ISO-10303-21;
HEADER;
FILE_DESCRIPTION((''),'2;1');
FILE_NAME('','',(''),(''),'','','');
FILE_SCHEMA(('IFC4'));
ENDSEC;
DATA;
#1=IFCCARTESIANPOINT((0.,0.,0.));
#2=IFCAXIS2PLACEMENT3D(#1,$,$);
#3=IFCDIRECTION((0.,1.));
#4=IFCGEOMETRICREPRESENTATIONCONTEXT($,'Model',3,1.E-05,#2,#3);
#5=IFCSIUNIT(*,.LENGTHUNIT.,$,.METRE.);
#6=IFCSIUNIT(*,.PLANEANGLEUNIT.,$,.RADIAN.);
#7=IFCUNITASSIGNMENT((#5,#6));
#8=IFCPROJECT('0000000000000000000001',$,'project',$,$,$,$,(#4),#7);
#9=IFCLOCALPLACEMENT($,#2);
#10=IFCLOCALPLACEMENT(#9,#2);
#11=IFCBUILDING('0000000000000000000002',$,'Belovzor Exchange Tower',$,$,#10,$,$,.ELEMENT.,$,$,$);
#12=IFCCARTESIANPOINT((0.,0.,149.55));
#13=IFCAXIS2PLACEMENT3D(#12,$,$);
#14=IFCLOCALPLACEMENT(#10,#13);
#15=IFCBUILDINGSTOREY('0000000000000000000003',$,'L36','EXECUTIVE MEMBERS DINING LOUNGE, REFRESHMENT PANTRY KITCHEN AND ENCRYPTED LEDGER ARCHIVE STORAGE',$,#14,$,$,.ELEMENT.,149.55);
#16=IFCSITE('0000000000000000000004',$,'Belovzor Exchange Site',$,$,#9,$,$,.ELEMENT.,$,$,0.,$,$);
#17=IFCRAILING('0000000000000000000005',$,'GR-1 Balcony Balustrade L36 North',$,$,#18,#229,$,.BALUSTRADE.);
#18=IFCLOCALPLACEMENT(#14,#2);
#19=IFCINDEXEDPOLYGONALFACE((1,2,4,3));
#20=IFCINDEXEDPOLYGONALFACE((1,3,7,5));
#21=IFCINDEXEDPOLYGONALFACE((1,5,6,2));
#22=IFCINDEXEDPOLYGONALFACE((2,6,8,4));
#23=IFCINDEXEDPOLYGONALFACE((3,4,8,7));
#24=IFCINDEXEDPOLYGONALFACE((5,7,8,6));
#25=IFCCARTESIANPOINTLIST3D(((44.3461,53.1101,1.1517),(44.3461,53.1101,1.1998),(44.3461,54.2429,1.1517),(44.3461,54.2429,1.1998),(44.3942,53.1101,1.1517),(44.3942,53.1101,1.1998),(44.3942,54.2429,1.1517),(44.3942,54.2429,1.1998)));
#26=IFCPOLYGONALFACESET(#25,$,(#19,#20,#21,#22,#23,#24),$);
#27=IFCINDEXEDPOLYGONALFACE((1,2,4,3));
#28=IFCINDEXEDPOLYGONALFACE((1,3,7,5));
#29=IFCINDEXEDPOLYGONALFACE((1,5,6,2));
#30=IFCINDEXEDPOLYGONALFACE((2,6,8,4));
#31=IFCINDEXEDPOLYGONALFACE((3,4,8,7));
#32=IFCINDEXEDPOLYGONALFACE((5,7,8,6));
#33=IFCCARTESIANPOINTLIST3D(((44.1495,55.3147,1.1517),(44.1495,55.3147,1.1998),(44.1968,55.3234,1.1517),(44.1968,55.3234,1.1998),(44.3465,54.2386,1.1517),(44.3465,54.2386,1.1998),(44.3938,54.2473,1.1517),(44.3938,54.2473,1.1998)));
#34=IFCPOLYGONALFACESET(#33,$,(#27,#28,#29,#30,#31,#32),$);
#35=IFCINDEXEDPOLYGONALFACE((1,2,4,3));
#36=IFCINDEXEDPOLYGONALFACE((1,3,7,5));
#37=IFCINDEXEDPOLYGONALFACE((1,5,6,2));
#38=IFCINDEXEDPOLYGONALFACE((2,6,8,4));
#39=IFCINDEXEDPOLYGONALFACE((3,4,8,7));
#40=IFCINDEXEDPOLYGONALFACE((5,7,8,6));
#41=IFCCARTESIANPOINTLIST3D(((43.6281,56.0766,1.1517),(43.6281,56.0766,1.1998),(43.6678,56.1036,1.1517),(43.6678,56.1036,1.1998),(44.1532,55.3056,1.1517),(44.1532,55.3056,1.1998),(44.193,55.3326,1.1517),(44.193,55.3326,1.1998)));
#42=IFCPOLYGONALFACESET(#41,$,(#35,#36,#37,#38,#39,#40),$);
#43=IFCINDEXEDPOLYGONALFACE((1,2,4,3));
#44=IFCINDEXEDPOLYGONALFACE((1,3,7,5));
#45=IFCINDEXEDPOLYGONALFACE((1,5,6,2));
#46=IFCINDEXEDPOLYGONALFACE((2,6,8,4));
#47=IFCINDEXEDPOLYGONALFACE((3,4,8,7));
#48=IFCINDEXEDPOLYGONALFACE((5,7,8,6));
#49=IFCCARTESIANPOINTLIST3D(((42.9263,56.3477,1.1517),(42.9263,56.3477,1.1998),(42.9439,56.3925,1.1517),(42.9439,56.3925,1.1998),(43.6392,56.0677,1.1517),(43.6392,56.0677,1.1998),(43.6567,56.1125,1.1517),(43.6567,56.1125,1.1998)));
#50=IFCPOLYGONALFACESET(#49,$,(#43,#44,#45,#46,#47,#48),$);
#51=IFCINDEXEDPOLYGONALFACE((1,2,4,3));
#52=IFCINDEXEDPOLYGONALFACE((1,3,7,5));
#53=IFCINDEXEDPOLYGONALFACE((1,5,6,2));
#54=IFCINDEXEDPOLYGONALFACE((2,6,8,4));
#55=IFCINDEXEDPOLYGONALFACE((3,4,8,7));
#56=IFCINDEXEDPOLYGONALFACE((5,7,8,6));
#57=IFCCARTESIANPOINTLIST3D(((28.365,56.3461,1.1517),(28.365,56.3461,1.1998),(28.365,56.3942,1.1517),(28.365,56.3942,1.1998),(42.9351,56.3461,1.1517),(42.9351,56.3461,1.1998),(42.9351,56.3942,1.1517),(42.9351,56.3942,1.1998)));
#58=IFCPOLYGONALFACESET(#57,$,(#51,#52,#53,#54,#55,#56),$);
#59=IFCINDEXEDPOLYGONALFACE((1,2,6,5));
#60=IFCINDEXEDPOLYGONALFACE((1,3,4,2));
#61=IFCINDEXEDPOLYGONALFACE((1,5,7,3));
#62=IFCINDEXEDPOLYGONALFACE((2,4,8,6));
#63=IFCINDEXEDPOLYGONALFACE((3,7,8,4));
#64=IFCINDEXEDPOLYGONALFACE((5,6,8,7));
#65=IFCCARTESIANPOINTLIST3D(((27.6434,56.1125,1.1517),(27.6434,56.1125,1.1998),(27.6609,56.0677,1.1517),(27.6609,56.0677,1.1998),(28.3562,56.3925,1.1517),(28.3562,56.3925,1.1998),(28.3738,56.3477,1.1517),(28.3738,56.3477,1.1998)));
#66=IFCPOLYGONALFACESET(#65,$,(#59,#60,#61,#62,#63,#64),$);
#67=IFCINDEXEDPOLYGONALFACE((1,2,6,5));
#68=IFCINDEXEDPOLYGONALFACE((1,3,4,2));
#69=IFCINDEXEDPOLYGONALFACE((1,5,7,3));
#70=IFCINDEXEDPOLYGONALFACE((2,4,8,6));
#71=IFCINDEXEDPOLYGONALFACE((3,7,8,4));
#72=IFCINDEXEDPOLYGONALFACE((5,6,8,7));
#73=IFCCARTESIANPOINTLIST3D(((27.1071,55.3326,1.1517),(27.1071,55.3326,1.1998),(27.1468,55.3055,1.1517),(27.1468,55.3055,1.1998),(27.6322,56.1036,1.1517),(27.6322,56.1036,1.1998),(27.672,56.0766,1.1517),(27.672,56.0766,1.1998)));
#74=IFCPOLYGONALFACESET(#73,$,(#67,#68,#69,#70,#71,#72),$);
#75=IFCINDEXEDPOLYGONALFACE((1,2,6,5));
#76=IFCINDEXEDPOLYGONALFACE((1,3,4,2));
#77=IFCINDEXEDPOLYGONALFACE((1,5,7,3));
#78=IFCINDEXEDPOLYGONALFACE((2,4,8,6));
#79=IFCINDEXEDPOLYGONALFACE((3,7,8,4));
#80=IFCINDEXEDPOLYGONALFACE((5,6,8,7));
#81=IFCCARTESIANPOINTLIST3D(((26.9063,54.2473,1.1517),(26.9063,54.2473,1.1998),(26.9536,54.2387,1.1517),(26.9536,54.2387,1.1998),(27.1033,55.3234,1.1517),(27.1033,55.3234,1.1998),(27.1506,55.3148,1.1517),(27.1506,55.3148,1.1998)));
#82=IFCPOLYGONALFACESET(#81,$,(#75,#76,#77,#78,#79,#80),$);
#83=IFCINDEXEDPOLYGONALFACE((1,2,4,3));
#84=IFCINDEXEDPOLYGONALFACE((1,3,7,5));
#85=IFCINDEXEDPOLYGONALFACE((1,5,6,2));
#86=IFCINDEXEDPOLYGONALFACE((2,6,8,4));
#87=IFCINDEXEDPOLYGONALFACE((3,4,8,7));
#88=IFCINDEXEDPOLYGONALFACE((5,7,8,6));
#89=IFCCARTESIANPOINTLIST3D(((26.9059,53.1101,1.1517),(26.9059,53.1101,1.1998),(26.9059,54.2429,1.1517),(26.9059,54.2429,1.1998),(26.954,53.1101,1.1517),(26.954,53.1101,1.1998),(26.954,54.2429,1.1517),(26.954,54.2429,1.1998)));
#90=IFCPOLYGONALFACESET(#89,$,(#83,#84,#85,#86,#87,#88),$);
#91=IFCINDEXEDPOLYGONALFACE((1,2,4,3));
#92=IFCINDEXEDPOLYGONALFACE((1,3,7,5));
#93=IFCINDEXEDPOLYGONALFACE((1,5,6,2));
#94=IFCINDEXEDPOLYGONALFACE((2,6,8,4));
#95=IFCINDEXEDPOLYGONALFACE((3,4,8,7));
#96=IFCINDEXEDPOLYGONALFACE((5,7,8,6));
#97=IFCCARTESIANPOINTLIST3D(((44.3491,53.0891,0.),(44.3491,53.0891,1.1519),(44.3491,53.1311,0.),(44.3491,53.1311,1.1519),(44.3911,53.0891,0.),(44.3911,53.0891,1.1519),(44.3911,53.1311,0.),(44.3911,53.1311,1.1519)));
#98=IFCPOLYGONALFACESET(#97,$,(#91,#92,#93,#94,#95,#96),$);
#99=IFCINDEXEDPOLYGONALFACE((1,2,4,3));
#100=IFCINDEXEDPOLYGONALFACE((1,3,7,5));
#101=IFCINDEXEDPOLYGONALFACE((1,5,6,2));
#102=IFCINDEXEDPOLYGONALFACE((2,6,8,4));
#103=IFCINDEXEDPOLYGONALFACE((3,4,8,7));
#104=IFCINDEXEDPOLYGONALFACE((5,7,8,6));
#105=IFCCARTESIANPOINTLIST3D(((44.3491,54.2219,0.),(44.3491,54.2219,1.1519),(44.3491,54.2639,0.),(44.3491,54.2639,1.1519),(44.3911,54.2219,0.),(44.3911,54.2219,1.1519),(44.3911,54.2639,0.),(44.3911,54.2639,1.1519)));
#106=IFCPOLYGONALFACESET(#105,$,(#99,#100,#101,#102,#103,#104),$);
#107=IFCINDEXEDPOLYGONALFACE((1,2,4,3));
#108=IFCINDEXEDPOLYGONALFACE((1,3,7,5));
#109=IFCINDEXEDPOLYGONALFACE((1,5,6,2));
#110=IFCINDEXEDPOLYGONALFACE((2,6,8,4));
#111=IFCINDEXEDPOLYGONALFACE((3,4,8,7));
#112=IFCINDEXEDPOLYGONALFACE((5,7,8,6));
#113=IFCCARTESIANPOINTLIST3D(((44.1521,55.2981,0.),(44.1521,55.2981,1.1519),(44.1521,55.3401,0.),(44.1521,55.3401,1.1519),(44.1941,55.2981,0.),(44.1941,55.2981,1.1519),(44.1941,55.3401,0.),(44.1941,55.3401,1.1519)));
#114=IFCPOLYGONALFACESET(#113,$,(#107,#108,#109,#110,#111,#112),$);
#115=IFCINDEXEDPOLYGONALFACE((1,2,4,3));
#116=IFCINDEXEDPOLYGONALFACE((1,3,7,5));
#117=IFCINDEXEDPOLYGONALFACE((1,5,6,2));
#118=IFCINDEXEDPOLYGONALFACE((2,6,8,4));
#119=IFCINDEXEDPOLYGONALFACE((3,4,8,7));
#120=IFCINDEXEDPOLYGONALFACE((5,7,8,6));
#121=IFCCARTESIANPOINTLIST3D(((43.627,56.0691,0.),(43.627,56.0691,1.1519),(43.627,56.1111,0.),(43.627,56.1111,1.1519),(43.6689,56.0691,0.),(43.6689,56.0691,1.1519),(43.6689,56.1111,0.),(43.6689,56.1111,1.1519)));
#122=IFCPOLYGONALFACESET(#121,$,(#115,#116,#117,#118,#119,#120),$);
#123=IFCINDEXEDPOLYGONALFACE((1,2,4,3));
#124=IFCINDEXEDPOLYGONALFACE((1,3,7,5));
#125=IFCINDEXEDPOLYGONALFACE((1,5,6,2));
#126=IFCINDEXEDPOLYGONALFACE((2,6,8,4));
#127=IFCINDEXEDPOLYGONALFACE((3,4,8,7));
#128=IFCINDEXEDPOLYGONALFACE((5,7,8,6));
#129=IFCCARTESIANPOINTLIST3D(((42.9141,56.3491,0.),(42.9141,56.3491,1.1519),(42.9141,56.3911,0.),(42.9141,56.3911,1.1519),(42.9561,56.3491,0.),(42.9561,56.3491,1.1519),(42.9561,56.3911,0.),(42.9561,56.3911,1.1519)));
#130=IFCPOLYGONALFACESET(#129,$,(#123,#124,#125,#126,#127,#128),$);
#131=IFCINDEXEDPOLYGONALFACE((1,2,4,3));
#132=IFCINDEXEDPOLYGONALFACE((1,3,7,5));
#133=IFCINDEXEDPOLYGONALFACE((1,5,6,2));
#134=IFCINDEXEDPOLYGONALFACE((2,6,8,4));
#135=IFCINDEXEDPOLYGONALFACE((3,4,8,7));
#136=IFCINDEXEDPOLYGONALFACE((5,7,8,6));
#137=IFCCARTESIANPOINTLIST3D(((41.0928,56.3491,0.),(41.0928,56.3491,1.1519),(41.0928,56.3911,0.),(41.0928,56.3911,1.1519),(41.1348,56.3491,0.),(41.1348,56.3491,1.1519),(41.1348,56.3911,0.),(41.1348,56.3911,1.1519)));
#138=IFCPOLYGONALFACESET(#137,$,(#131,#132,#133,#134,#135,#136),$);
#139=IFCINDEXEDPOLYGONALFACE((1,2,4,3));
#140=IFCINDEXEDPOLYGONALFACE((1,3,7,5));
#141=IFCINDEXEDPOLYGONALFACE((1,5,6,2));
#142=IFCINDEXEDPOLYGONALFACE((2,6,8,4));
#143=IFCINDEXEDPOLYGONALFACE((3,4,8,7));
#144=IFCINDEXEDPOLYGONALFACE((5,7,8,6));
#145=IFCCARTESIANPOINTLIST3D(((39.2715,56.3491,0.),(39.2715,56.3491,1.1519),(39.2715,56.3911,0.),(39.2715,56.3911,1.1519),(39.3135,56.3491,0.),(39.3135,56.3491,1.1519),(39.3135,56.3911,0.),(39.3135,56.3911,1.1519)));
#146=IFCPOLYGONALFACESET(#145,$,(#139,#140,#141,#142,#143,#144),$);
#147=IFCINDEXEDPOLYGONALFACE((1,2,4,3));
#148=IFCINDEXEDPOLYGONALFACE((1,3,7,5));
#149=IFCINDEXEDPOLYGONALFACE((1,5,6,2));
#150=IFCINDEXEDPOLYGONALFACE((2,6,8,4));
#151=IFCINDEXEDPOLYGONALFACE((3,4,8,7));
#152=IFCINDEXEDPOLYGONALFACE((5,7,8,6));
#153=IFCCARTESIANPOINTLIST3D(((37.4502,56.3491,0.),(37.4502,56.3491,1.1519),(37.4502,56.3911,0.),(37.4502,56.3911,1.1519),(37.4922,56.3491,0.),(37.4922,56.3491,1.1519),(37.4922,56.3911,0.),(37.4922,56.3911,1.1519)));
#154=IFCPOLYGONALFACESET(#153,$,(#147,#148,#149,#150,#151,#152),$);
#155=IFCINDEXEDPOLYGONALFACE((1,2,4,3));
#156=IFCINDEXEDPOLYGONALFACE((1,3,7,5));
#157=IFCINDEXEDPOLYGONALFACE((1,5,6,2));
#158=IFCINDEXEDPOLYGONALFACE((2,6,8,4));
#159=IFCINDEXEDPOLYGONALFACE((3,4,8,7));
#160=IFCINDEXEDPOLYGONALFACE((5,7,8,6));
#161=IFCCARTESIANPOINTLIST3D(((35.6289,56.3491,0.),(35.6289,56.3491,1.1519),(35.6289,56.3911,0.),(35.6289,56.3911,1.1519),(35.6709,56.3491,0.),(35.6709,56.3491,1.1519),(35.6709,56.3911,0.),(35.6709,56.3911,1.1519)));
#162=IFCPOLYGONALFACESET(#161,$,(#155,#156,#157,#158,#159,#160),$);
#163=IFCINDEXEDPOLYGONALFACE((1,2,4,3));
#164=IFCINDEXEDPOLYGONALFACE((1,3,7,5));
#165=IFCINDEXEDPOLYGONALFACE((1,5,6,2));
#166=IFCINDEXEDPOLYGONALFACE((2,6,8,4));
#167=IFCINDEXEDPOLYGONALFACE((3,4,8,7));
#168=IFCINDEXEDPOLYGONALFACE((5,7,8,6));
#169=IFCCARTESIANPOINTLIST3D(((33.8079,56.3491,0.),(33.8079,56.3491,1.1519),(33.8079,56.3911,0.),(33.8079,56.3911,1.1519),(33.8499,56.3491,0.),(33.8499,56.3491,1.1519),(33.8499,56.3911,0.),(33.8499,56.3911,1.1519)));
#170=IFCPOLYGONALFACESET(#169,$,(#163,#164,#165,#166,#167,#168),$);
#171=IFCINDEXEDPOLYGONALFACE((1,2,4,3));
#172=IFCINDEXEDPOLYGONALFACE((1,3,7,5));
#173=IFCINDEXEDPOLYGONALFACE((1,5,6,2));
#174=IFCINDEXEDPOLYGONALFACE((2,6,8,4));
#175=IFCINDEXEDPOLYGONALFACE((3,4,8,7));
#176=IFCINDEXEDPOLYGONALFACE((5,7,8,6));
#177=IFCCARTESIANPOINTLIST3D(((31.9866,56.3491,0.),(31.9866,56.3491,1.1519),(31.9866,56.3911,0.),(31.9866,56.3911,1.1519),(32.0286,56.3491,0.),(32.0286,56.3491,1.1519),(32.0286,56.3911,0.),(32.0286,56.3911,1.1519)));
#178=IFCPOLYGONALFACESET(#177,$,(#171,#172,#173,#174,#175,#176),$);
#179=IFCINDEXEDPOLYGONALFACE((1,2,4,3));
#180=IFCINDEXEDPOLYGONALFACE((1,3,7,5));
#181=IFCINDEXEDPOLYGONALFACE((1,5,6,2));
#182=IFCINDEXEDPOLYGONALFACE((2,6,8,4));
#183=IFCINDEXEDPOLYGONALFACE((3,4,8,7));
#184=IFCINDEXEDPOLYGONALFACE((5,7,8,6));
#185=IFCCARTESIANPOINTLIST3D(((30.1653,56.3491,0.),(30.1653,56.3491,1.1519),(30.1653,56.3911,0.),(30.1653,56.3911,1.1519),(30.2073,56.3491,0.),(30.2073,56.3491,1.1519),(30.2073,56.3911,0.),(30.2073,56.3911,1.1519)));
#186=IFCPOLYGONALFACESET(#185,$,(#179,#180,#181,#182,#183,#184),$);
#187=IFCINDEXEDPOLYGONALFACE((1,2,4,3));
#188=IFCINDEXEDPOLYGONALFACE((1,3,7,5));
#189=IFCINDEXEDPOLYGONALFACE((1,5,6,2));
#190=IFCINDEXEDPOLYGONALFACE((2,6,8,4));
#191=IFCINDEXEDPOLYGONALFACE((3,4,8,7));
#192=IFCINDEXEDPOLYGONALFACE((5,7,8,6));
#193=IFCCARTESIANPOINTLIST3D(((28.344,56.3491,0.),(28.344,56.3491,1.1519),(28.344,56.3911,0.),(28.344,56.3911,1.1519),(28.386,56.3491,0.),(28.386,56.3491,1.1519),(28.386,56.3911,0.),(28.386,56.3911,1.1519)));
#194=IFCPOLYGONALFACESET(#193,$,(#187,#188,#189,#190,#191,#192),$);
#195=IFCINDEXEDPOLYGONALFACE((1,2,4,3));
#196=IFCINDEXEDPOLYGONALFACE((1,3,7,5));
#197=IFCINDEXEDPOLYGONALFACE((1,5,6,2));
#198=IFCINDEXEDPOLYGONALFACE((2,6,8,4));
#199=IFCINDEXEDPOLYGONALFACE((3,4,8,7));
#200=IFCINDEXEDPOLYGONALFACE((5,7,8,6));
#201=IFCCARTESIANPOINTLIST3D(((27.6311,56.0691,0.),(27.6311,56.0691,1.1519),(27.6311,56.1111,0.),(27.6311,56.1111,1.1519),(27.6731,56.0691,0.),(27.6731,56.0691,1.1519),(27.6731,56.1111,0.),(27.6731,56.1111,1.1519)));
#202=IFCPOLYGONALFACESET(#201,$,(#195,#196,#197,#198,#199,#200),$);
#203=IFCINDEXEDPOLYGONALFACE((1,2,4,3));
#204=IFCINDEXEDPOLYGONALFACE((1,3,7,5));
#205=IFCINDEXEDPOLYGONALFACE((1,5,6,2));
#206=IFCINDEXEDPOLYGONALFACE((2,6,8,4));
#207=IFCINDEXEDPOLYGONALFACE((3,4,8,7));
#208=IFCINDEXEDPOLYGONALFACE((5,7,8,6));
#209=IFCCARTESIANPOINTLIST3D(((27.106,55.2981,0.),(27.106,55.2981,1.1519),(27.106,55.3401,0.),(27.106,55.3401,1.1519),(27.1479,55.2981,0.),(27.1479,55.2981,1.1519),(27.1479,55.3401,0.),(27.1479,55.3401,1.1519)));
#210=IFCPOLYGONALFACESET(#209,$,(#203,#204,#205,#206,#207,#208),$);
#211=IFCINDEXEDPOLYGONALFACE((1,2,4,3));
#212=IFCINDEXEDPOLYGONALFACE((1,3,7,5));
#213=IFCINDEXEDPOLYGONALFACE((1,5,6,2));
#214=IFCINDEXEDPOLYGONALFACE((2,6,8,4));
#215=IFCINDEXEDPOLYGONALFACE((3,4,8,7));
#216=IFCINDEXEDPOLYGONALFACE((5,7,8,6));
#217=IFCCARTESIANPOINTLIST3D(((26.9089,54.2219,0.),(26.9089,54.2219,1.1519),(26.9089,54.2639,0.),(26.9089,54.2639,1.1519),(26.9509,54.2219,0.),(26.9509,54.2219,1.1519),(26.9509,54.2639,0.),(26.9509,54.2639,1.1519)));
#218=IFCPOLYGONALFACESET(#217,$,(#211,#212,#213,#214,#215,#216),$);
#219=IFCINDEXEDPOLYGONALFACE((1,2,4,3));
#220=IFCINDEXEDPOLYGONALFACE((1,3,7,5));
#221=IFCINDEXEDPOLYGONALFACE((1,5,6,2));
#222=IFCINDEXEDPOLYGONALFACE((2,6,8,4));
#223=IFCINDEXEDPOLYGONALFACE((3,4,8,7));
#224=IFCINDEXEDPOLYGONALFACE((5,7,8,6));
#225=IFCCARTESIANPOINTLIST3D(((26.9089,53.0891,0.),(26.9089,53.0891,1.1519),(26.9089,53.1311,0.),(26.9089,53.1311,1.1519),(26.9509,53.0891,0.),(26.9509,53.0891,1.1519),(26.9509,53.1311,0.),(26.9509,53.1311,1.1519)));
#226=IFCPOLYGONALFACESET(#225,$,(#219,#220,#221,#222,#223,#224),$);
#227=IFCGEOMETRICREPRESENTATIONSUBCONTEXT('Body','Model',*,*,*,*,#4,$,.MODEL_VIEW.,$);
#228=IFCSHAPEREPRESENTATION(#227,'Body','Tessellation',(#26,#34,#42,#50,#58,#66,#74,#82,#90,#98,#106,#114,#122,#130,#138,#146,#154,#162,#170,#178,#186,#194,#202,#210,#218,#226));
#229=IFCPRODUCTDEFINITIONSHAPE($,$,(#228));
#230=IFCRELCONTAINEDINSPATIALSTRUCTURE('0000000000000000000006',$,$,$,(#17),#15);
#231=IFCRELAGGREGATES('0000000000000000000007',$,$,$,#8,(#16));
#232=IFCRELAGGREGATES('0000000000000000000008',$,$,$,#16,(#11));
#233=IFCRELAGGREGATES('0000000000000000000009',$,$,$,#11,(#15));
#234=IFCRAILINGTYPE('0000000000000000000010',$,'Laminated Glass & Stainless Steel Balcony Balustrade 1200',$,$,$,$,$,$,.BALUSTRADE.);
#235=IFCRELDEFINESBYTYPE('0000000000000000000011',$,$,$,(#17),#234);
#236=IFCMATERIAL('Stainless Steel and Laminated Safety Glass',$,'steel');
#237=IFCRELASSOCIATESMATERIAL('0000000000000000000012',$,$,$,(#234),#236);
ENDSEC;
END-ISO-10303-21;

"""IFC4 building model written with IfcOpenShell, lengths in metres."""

from ifc_helpers import new_model, si_unit, direction, frame, origin, origin_2d, place, context, subcontext, project, spatial, rectangle, extrude, material, type_object, element, save


model = new_model("IFC4")

# Units and contexts
model_context = context("Model", 3, precision=1e-05, world=origin(), true_north=direction((0.0, 1.0)))
body_context = subcontext(model_context, "Body", "Model", "MODEL_VIEW")
ifc_project = project(units=[si_unit("LENGTHUNIT", "METRE"), si_unit("PLANEANGLEUNIT", "RADIAN")], contexts=[model_context])

# Site, building, storey
site_placement = place(None, origin())
site = spatial("IfcSite", under=ifc_project, at=site_placement, Name="Belovzor Exchange Site", CompositionType="ELEMENT", RefElevation=0.0)
building_placement = place(site_placement, origin())
building = spatial("IfcBuilding", under=site, at=building_placement, Name="Belovzor Exchange Tower", CompositionType="ELEMENT")
storey_placement = place(building_placement, frame((0.0, 0.0, 149.55)))
storey = spatial("IfcBuildingStorey", under=building, at=storey_placement, Name="L36", Description="EXECUTIVE MEMBERS DINING LOUNGE, REFRESHMENT PANTRY KITCHEN AND ENCRYPTED LEDGER ARCHIVE STORAGE", CompositionType="ELEMENT", Elevation=149.55)

# Railing
ifc_material_1 = material(Name="Stainless Steel and Laminated Safety Glass", Category="steel")
railing_type = type_object("IfcRailingType", Name="Laminated Glass & Stainless Steel Balcony Balustrade 1200", PredefinedType="BALUSTRADE", material=ifc_material_1)
railing_placement = place(storey_placement, frame((44.3701, 53.1101, 0.0)))
element("IfcRailing", 1, at=railing_placement, inside=storey, type_object=railing_type, Name="GR-1 Balcony Balustrade L36 North", PredefinedType="BALUSTRADE", context=body_context, shape_type="SweptSolid", body=[
    extrude(rectangle(XDim=0.0481, YDim=0.0481, at=origin_2d()), frame((0.0, 0.0, 1.1758), z_axis=(0.0, 1.0, 0.0), x_axis=(-1.0, 0.0, 0.0)), (0.0, 0.0, 1.0), 1.1328),
    extrude(rectangle(XDim=0.0481, YDim=0.0481, at=origin_2d()), frame((0.0, 1.1328, 1.1758), z_axis=(-0.180083, 0.983651, 0.0), x_axis=(-0.983651, -0.180083, 0.0)), (0.0, 0.0, 1.0), 1.094),
    extrude(rectangle(XDim=0.0481, YDim=0.0481, at=origin_2d()), frame((-0.197, 2.209, 1.1758), z_axis=(-0.562947, 0.826493, 0.0), x_axis=(-0.826493, -0.562947, 0.0)), (0.0, 0.0, 1.0), 0.9329),
    extrude(rectangle(XDim=0.0481, YDim=0.0481, at=origin_2d()), frame((-0.7222, 2.98, 1.1758), z_axis=(-0.930767, 0.365613, 0.0), x_axis=(-0.365613, -0.930767, 0.0)), (0.0, 0.0, 1.0), 0.7659),
    extrude(rectangle(XDim=0.0481, YDim=0.0481, at=origin_2d()), frame((-1.4351, 3.26, 1.1758), z_axis=(-1.0, 0.0, 0.0), x_axis=(0.0, -1.0, 0.0)), (0.0, 0.0, 1.0), 14.5701),
    extrude(rectangle(XDim=0.0481, YDim=0.0481, at=origin_2d()), frame((-16.0051, 3.26, 1.1758), z_axis=(-0.930767, -0.365613, 0.0), x_axis=(0.365613, -0.930767, 0.0)), (0.0, 0.0, 1.0), 0.7659),
    extrude(rectangle(XDim=0.0481, YDim=0.0481, at=origin_2d()), frame((-16.718, 2.98, 1.1758), z_axis=(-0.562947, -0.826493, 0.0), x_axis=(0.826493, -0.562947, 0.0)), (0.0, 0.0, 1.0), 0.9329),
    extrude(rectangle(XDim=0.0481, YDim=0.0481, at=origin_2d()), frame((-17.2432, 2.209, 1.1758), z_axis=(-0.180083, -0.983651, 0.0), x_axis=(0.983651, -0.180083, 0.0)), (0.0, 0.0, 1.0), 1.094),
    extrude(rectangle(XDim=0.0481, YDim=0.0481, at=origin_2d()), frame((-17.4402, 1.1328, 1.1758), z_axis=(0.0, -1.0, 0.0), x_axis=(1.0, 0.0, 0.0)), (0.0, 0.0, 1.0), 1.1328),
    extrude(rectangle(XDim=0.042, YDim=0.042, at=origin_2d()), origin(), (0.0, 0.0, 1.0), 1.1519),
    extrude(rectangle(XDim=0.042, YDim=0.042, at=origin_2d()), frame((0.0, 1.1328, 0.0)), (0.0, 0.0, 1.0), 1.1519),
    extrude(rectangle(XDim=0.042, YDim=0.042, at=origin_2d()), frame((-0.197, 2.209, 0.0)), (0.0, 0.0, 1.0), 1.1519),
    extrude(rectangle(XDim=0.042, YDim=0.042, at=origin_2d()), frame((-0.7222, 2.98, 0.0)), (0.0, 0.0, 1.0), 1.1519),
    extrude(rectangle(XDim=0.042, YDim=0.042, at=origin_2d()), frame((-1.4351, 3.26, 0.0)), (0.0, 0.0, 1.0), 1.1519),
    extrude(rectangle(XDim=0.042, YDim=0.042, at=origin_2d()), frame((-3.2563, 3.26, 0.0)), (0.0, 0.0, 1.0), 1.1519),
    extrude(rectangle(XDim=0.042, YDim=0.042, at=origin_2d()), frame((-5.0776, 3.26, 0.0)), (0.0, 0.0, 1.0), 1.1519),
    extrude(rectangle(XDim=0.042, YDim=0.042, at=origin_2d()), frame((-6.8989, 3.26, 0.0)), (0.0, 0.0, 1.0), 1.1519),
    extrude(rectangle(XDim=0.042, YDim=0.042, at=origin_2d()), frame((-8.7202, 3.26, 0.0)), (0.0, 0.0, 1.0), 1.1519),
    extrude(rectangle(XDim=0.042, YDim=0.042, at=origin_2d()), frame((-10.5413, 3.26, 0.0)), (0.0, 0.0, 1.0), 1.1519),
    extrude(rectangle(XDim=0.042, YDim=0.042, at=origin_2d()), frame((-12.3625, 3.26, 0.0)), (0.0, 0.0, 1.0), 1.1519),
    extrude(rectangle(XDim=0.042, YDim=0.042, at=origin_2d()), frame((-14.1838, 3.26, 0.0)), (0.0, 0.0, 1.0), 1.1519),
    extrude(rectangle(XDim=0.042, YDim=0.042, at=origin_2d()), frame((-16.0051, 3.26, 0.0)), (0.0, 0.0, 1.0), 1.1519),
    extrude(rectangle(XDim=0.042, YDim=0.042, at=origin_2d()), frame((-16.718, 2.98, 0.0)), (0.0, 0.0, 1.0), 1.1519),
    extrude(rectangle(XDim=0.042, YDim=0.042, at=origin_2d()), frame((-17.2432, 2.209, 0.0)), (0.0, 0.0, 1.0), 1.1519),
    extrude(rectangle(XDim=0.042, YDim=0.042, at=origin_2d()), frame((-17.4402, 1.1328, 0.0)), (0.0, 0.0, 1.0), 1.1519),
    extrude(rectangle(XDim=0.042, YDim=0.042, at=origin_2d()), frame((-17.4402, 0.0, 0.0)), (0.0, 0.0, 1.0), 1.1519),
])

save(model, "model.ifc")
